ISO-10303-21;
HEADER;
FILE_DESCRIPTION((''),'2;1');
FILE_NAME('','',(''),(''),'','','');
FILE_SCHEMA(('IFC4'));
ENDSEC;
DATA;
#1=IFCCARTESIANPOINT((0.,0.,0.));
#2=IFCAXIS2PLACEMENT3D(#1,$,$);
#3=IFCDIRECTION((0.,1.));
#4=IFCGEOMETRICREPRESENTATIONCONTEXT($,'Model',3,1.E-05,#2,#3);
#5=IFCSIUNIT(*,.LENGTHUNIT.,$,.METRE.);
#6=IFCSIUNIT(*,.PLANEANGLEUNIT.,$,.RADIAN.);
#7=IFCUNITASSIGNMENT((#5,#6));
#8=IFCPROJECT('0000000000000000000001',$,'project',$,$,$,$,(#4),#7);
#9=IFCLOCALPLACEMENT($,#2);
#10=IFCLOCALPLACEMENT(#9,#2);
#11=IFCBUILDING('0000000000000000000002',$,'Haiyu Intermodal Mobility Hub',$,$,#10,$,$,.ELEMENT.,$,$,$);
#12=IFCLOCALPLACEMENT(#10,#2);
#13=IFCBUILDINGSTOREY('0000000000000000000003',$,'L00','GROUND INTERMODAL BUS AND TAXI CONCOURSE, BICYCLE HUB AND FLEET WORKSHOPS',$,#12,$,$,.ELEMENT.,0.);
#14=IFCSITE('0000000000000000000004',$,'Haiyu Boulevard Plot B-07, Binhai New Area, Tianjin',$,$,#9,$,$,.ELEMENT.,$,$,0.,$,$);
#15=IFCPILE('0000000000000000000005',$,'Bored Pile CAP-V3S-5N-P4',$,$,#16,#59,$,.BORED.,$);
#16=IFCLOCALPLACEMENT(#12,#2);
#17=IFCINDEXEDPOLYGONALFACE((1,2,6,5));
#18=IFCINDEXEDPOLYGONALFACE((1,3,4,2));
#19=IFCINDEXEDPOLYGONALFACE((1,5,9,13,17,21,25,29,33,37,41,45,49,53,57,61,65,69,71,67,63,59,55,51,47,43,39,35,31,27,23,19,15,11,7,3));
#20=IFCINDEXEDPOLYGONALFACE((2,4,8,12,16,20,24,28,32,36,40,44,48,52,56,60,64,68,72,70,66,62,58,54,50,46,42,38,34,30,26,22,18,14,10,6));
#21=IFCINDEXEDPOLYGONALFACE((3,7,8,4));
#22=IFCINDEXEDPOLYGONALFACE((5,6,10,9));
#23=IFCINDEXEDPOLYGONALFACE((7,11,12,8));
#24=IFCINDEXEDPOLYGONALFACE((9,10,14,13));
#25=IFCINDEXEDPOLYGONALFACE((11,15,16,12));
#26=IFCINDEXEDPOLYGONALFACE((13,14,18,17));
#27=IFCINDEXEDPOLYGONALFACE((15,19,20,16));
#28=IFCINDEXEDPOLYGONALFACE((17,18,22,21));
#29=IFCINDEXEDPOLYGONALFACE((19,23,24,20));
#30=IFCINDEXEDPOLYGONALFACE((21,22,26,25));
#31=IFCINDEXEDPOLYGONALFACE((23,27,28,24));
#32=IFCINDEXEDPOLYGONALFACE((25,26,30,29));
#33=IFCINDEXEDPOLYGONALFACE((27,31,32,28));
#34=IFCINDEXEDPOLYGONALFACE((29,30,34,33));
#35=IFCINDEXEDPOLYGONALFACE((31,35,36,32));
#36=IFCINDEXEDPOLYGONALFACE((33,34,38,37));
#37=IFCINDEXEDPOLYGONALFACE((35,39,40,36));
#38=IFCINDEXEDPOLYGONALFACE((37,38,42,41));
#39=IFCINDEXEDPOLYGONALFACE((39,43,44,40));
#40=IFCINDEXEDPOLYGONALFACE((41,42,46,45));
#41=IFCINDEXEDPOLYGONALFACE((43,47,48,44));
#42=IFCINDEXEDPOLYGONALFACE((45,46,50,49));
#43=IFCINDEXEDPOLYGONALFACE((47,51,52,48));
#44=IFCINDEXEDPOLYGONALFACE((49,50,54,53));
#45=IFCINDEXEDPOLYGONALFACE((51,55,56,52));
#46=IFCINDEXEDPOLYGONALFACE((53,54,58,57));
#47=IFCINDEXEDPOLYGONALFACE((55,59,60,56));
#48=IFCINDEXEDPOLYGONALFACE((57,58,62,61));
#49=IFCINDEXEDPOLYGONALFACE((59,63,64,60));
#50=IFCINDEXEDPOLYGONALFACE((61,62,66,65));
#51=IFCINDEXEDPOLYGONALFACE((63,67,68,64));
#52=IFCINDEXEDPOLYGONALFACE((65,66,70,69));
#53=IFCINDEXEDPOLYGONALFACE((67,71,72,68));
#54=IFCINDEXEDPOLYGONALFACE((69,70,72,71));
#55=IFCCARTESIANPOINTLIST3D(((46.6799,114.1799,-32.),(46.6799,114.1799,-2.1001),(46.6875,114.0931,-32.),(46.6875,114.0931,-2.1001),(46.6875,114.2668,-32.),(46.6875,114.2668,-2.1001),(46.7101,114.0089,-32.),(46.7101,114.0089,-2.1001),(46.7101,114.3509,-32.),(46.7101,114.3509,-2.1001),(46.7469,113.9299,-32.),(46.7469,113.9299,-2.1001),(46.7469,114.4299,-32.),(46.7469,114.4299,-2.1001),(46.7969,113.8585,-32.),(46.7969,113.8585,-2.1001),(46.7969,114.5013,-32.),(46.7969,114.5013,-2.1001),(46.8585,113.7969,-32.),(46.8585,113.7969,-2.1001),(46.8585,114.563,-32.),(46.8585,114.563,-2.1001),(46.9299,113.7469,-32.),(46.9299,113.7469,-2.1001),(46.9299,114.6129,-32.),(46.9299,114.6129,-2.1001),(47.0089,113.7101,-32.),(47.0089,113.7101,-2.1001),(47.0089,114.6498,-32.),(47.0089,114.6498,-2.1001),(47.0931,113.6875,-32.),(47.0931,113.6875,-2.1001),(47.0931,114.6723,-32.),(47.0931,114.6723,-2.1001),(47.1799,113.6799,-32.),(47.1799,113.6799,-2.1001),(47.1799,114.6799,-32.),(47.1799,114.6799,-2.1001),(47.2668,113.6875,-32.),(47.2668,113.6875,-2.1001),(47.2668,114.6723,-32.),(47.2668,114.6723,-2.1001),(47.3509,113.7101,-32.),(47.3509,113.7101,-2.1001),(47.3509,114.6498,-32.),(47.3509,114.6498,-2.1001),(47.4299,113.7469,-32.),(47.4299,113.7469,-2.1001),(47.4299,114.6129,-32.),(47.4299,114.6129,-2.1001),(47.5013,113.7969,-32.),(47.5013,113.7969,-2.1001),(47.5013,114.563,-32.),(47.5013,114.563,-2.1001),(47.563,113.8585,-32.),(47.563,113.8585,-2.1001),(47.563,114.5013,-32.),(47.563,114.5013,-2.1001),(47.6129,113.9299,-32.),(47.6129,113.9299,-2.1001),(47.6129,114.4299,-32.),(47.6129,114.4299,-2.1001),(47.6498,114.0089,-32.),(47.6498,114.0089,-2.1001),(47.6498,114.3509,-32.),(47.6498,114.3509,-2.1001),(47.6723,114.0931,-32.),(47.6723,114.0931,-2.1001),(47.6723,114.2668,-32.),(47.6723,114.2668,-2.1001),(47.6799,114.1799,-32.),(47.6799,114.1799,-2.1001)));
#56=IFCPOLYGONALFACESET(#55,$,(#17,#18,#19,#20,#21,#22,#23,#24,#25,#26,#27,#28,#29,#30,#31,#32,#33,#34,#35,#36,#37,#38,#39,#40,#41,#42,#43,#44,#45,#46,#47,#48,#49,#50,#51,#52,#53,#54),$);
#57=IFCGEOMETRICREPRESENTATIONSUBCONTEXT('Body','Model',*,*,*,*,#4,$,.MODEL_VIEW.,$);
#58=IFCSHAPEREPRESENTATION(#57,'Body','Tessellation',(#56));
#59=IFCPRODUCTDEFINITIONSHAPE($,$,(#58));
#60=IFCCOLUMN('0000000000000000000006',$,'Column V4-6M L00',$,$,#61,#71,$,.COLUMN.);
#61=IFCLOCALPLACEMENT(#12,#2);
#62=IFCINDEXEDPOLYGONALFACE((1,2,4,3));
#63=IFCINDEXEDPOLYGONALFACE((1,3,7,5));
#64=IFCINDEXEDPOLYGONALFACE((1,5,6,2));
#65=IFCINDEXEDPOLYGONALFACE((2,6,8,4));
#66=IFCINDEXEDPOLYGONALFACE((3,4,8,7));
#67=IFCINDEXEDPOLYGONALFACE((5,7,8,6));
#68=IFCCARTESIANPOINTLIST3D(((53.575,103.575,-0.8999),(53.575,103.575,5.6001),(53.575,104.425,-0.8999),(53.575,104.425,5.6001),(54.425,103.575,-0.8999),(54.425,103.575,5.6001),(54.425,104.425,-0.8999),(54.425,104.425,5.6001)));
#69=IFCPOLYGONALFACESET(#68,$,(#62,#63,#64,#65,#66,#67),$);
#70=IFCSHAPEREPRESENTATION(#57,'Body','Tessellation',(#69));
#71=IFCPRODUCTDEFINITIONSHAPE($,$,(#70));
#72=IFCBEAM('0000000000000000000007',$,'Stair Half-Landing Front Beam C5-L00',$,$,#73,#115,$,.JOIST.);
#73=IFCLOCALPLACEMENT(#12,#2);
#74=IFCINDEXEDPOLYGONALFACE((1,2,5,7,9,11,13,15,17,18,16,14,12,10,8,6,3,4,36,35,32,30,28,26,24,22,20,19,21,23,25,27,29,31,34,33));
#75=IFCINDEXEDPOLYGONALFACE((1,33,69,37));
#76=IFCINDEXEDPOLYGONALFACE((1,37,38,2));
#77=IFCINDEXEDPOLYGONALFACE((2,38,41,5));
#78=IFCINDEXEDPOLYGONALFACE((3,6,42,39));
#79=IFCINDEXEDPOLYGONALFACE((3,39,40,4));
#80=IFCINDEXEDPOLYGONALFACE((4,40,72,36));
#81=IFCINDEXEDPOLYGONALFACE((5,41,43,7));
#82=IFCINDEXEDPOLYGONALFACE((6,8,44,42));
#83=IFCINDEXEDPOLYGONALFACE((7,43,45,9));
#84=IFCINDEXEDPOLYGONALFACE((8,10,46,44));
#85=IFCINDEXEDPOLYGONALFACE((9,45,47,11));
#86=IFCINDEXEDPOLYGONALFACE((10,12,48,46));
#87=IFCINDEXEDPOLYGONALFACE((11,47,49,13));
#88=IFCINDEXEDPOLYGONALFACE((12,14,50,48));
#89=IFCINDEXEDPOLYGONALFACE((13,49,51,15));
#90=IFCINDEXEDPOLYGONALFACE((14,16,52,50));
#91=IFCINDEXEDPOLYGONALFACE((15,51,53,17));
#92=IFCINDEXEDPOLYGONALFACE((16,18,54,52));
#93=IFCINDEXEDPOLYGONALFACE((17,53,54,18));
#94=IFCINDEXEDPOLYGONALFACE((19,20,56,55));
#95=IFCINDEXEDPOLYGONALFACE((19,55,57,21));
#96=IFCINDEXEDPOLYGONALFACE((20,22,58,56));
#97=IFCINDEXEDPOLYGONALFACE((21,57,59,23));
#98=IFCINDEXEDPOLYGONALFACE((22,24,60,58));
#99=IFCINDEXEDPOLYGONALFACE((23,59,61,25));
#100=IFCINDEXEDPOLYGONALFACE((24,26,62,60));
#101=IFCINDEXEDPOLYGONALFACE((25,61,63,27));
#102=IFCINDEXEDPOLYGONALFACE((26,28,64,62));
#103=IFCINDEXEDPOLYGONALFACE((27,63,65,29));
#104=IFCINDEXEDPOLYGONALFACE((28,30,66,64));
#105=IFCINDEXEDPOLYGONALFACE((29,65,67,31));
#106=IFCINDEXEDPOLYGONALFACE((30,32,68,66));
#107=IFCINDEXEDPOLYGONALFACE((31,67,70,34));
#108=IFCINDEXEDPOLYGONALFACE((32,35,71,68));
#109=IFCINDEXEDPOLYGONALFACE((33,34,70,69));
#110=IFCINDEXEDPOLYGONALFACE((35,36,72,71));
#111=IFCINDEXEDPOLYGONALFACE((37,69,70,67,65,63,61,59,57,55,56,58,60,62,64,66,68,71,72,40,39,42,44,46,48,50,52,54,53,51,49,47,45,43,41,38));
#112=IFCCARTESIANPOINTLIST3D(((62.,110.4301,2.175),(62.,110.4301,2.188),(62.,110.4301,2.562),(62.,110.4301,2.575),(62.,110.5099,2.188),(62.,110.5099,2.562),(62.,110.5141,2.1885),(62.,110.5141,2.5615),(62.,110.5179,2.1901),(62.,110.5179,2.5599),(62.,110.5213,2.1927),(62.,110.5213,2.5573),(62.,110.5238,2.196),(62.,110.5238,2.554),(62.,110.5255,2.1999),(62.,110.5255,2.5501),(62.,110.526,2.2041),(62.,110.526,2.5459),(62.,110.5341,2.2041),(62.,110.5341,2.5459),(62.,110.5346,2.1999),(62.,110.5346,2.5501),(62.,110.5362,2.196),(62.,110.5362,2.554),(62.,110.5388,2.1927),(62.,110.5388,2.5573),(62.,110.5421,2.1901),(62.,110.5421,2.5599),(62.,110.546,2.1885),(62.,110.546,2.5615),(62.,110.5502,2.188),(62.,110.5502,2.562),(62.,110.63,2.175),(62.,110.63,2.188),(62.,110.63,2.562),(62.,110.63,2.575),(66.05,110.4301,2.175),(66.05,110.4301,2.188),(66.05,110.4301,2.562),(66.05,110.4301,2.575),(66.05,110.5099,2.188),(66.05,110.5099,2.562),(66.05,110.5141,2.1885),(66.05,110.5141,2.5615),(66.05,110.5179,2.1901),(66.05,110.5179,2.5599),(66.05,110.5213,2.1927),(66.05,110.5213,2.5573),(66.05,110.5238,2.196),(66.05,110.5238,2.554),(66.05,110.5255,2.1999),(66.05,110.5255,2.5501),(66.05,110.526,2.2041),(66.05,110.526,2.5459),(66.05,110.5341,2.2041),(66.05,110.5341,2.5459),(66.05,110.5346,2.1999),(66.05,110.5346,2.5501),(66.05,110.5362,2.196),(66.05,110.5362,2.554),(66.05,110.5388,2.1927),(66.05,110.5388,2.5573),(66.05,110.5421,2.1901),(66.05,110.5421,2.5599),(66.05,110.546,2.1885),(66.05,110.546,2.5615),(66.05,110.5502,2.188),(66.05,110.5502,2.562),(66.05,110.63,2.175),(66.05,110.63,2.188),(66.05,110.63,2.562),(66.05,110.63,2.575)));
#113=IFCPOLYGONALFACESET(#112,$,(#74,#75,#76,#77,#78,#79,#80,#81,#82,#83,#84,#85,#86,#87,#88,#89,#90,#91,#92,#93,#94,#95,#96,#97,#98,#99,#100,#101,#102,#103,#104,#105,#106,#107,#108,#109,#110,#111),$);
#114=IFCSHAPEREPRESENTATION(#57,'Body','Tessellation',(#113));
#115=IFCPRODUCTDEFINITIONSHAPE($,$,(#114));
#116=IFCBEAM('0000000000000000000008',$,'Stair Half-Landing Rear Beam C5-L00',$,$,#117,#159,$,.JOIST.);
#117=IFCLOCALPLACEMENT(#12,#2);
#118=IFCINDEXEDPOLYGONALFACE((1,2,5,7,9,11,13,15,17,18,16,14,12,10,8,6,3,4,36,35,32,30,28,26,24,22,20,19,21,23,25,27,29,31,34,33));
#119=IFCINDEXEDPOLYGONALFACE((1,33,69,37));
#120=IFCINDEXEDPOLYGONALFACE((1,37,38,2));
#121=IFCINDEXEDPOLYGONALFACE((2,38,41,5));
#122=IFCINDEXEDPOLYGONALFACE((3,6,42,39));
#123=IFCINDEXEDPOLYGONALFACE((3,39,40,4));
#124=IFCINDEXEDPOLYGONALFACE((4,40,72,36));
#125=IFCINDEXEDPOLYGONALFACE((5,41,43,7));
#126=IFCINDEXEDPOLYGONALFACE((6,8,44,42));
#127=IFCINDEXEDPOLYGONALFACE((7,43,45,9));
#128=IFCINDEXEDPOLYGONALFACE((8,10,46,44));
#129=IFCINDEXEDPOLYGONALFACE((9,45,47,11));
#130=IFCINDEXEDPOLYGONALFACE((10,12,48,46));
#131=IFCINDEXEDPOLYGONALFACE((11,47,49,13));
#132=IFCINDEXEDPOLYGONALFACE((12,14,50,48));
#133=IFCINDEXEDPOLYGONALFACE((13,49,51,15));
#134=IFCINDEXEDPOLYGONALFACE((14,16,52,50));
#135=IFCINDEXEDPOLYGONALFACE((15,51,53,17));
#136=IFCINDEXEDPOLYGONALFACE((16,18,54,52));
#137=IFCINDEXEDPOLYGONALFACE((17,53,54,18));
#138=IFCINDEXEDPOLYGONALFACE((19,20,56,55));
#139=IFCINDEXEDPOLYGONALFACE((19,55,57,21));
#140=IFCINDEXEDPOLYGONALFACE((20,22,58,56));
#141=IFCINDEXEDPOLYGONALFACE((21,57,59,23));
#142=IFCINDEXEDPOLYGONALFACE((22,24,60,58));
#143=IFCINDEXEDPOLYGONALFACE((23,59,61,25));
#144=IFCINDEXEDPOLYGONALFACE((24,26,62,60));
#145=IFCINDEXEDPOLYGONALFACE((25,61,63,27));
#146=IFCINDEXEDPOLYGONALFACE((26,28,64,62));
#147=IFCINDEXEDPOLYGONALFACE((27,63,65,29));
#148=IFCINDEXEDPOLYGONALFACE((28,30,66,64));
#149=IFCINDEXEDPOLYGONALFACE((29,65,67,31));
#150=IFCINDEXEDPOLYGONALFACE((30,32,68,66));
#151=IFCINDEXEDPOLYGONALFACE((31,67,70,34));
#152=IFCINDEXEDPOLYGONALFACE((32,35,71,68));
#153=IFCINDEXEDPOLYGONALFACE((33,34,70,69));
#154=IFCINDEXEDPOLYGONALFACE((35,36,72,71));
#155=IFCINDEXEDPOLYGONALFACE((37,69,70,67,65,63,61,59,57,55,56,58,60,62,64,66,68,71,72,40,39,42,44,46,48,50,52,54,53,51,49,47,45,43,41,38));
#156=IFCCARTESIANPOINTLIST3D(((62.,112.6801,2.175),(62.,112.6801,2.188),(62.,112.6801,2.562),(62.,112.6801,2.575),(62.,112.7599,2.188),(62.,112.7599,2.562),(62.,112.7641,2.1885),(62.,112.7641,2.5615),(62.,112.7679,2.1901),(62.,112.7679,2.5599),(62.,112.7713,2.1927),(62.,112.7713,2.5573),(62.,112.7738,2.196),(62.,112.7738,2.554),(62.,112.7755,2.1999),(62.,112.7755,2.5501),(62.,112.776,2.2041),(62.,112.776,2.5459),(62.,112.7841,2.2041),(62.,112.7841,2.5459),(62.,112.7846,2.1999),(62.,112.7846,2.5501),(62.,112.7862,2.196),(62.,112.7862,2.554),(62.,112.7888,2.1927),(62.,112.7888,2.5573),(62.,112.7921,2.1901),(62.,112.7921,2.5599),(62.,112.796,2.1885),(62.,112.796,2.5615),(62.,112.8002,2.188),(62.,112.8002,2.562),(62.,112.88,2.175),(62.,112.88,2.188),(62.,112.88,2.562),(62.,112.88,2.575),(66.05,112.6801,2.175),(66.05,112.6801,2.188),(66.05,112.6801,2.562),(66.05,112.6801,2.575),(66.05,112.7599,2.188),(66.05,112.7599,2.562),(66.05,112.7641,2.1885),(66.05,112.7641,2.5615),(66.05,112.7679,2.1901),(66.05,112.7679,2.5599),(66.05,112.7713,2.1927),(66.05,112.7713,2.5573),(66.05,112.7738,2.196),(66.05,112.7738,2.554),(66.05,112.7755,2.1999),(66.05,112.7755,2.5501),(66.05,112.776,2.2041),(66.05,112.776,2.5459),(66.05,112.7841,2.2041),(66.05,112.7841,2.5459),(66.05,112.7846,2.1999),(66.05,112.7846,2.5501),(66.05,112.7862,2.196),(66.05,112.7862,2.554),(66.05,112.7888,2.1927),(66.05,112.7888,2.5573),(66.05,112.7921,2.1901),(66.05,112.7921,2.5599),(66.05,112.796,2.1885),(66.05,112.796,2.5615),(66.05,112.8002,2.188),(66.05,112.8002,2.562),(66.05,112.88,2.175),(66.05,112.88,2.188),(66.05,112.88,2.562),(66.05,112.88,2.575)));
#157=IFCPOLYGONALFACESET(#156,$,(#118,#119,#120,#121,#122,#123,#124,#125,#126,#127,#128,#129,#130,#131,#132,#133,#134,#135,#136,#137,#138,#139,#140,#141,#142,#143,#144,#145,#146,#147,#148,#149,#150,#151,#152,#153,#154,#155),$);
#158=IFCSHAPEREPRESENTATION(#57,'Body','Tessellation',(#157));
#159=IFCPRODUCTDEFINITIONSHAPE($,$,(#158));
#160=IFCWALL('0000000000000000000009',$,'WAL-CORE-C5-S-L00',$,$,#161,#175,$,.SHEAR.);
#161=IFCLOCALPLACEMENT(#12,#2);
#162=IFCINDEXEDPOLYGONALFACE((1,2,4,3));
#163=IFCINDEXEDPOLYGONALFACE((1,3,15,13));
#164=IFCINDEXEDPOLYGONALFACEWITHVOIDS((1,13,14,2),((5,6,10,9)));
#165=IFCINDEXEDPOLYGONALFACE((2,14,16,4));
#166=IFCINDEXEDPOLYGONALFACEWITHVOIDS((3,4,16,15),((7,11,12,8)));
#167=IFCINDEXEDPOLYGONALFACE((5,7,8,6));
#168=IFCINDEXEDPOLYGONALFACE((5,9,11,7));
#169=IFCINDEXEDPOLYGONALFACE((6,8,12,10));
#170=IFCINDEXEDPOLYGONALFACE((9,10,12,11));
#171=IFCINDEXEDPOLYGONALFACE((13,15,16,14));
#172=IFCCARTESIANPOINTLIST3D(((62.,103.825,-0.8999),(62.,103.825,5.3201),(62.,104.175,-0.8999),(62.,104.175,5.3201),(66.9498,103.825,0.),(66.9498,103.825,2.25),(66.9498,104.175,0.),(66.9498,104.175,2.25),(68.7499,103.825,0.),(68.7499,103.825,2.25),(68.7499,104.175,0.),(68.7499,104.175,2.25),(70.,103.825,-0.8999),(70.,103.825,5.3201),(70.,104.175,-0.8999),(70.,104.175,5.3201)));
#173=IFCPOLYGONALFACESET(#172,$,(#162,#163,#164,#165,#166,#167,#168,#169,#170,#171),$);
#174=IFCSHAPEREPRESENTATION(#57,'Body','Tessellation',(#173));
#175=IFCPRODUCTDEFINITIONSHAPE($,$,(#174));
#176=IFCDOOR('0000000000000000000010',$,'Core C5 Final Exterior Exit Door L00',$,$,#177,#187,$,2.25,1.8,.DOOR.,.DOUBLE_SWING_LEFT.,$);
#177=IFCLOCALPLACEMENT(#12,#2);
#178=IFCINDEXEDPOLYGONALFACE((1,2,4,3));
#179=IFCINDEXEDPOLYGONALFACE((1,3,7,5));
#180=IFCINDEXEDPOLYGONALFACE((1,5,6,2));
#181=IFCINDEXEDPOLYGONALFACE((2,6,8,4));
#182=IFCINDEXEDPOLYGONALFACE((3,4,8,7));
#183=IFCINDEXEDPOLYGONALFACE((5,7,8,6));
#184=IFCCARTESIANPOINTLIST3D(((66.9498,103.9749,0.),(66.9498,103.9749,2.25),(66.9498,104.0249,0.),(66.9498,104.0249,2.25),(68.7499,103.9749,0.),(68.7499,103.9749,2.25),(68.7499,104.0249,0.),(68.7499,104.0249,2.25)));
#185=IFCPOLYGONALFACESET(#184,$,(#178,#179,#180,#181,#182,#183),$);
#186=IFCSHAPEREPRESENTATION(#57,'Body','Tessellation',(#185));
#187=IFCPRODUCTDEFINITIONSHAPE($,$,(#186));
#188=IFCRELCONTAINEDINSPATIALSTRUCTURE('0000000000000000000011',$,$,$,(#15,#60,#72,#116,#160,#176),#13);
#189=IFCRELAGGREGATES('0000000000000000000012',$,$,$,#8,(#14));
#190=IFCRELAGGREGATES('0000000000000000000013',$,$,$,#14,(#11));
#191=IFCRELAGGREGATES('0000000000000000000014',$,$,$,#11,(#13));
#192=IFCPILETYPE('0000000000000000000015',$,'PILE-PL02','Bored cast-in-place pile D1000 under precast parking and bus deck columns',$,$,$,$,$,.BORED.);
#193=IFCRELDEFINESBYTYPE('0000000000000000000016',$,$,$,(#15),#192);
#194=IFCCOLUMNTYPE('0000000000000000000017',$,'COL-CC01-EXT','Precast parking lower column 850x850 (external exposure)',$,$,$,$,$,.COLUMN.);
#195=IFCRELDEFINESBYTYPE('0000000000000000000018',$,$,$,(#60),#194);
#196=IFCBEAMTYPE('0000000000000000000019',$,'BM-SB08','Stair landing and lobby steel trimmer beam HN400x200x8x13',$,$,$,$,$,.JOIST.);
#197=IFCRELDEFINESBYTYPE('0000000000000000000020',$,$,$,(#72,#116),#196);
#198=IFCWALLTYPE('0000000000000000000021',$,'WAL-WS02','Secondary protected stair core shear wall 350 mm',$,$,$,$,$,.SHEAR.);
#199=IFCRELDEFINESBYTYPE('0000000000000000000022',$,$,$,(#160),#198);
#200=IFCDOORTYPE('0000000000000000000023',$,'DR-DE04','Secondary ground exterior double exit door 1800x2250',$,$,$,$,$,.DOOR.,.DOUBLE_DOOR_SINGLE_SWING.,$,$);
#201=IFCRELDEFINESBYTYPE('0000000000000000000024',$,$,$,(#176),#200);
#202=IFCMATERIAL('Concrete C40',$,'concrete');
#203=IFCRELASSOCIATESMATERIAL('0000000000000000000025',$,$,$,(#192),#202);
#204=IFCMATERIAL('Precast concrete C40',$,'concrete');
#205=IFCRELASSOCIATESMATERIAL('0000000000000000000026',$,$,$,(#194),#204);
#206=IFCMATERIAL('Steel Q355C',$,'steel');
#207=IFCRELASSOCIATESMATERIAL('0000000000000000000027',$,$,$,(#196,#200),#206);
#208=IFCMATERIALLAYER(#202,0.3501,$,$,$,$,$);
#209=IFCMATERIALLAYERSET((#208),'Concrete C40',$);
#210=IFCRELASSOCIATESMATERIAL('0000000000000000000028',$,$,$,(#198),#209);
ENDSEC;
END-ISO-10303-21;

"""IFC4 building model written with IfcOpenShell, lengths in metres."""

from ifc_helpers import new_model, si_unit, direction, frame, frame_2d, origin, origin_2d, place, context, subcontext, project, spatial, rectangle, circle, i_section, extrude, material, layer, layer_set, material_profile, profile_set, type_object, element, fill, save


model = new_model("IFC4")

# Units and contexts
model_context = context("Model", 3, precision=1e-05, world=origin(), true_north=direction((0.0, 1.0)))
body_context = subcontext(model_context, "Body", "Model", "MODEL_VIEW")
ifc_project = project(units=[si_unit("LENGTHUNIT", "METRE"), si_unit("PLANEANGLEUNIT", "RADIAN")], contexts=[model_context])

# Site, building, storey
site_placement = place(None, origin())
site = spatial("IfcSite", under=ifc_project, at=site_placement, Name="Haiyu Boulevard Plot B-07, Binhai New Area, Tianjin", CompositionType="ELEMENT", RefElevation=0.0)
building_placement = place(site_placement, origin())
building = spatial("IfcBuilding", under=site, at=building_placement, Name="Haiyu Intermodal Mobility Hub", CompositionType="ELEMENT")
storey_placement = place(building_placement, origin())
storey = spatial("IfcBuildingStorey", under=building, at=storey_placement, Name="L00", Description="GROUND INTERMODAL BUS AND TAXI CONCOURSE, BICYCLE HUB AND FLEET WORKSHOPS", CompositionType="ELEMENT", Elevation=0.0)

# Shared definitions
ifc_material_1 = material(Name="Concrete C40", Category="concrete")

# Pile
ifc_material_profile_1 = material_profile(ifc_material_1, circle(Radius=0.5, at=origin_2d()), Name="PILE-D1000")
ifc_profile_set_1 = profile_set([ifc_material_profile_1], Name="Concrete C40")
pile_type_1 = type_object("IfcPileType", Name="PILE-PL02", Description="Bored cast-in-place pile D1000 under precast parking and bus deck columns", PredefinedType="BORED", material=ifc_profile_set_1)
for number, where, z_axis, x_axis, name in (
    (1, (47.1799, 114.1799, -2.1001), (0.0, 0.0, -1.0), (1.0, 0.0, 0.0), "Bored Pile CAP-V3S-5N-P4"),
):
    element("IfcPile", number, at=place(storey_placement, frame(where, z_axis=z_axis, x_axis=x_axis)), inside=storey, type_object=pile_type_1, Name=name, PredefinedType="BORED", context=body_context, shape_type="SweptSolid", body=[
        extrude(circle(Radius=0.5, at=origin_2d()), origin(), (0.0, 0.0, 1.0), 29.8999),
    ])

# Column
ifc_material_2 = material(Name="Precast concrete C40", Category="concrete")
ifc_material_profile_2 = material_profile(ifc_material_2, rectangle(XDim=0.8501, YDim=0.8501, at=origin_2d()), Name="RC850x850")
ifc_profile_set_2 = profile_set([ifc_material_profile_2], Name="Precast concrete C40")
column_type = type_object("IfcColumnType", Name="COL-CC01-EXT", Description="Precast parking lower column 850x850 (external exposure)", PredefinedType="COLUMN", material=ifc_profile_set_2)
column_placement = place(storey_placement, frame((54.0, 104.0, -0.8999), z_axis=(0.0, 0.0, 1.0), x_axis=(1.0, 0.0, 0.0)))
element("IfcColumn", 2, at=column_placement, inside=storey, type_object=column_type, Name="Column V4-6M L00", PredefinedType="COLUMN", context=body_context, shape_type="SweptSolid", body=[
    extrude(rectangle(XDim=0.8501, YDim=0.8501, at=origin_2d()), origin(), (0.0, 0.0, 1.0), 6.5),
])

# Beams
ifc_material_3 = material(Name="Steel Q355C", Category="steel")
ifc_material_profile_3 = material_profile(ifc_material_3, i_section(OverallWidth=0.2, OverallDepth=0.3999, WebThickness=0.0081, FlangeThickness=0.0129, FilletRadius=0.0161, at=origin_2d()), Name="HN400x200x8x13")
ifc_profile_set_3 = profile_set([ifc_material_profile_3], Name="Steel Q355C")
beam_type = type_object("IfcBeamType", Name="BM-SB08", Description="Stair landing and lobby steel trimmer beam HN400x200x8x13", PredefinedType="JOIST", material=ifc_profile_set_3)
for number, where, z_axis, x_axis, name in (
    (3, (62.0, 110.53, 2.375), (1.0, 0.0, 0.0), (0.0, 1.0, 0.0), "Stair Half-Landing Front Beam C5-L00"),
    (4, (62.0, 112.78, 2.375), (1.0, 0.0, 0.0), (0.0, 1.0, 0.0), "Stair Half-Landing Rear Beam C5-L00"),
):
    element("IfcBeam", number, at=place(storey_placement, frame(where, z_axis=z_axis, x_axis=x_axis)), inside=storey, type_object=beam_type, Name=name, PredefinedType="JOIST", context=body_context, shape_type="SweptSolid", body=[
        extrude(i_section(OverallWidth=0.2, OverallDepth=0.3999, WebThickness=0.0081, FlangeThickness=0.0129, FilletRadius=0.0161, at=origin_2d()), origin(), (0.0, 0.0, 1.0), 4.05),
    ])

# Wall, opening, door
ifc_layer_1 = layer(ifc_material_1, 0.3501)
ifc_layer_set_1 = layer_set([ifc_layer_1], Name="Concrete C40")
wall_type = type_object("IfcWallType", Name="WAL-WS02", Description="Secondary protected stair core shear wall 350 mm", PredefinedType="SHEAR", material=ifc_layer_set_1)
wall_1_placement = place(storey_placement, frame((62.0, 104.0, -0.8999), z_axis=(0.0, 0.0, 1.0), x_axis=(1.0, 0.0, 0.0)))
wall_1 = element("IfcWall", 5, at=wall_1_placement, inside=storey, type_object=wall_type, Name="WAL-CORE-C5-S-L00", PredefinedType="SHEAR", context=body_context, shape_type="SweptSolid", body=[
    extrude(rectangle(XDim=8.0, YDim=0.3501, at=frame_2d((4.0, 0.0))), origin(), (0.0, 0.0, 1.0), 6.22),
])
opening_placement = place(wall_1_placement, frame((4.95, 0.0, 0.8999)))
opening = element("IfcOpeningElement", 6, at=opening_placement, cuts=wall_1, PredefinedType="OPENING", context=body_context, shape_type="SweptSolid", body=[
    extrude(rectangle(XDim=1.8, YDim=2.25, at=frame_2d((0.8999, 1.125))), frame((0.0, 0.1851, 0.0), z_axis=(0.0, -1.0, 0.0), x_axis=(1.0, 0.0, 0.0)), (0.0, 0.0, 1.0), 0.3701),
])
door_type = type_object("IfcDoorType", Name="DR-DE04", Description="Secondary ground exterior double exit door 1800x2250", OperationType="DOUBLE_DOOR_SINGLE_SWING", PredefinedType="DOOR", material=ifc_material_3)
door_placement = place(opening_placement, origin())
door = element("IfcDoor", 7, at=door_placement, inside=storey, type_object=door_type, Name="Core C5 Final Exterior Exit Door L00", OperationType="DOUBLE_SWING_LEFT", OverallHeight=2.25, OverallWidth=1.8, PredefinedType="DOOR", context=body_context, shape_type="SweptSolid", body=[
    extrude(rectangle(XDim=1.8, YDim=2.25, at=frame_2d((0.8999, 1.125))), frame((0.0, 0.0249, 0.0), z_axis=(0.0, -1.0, 0.0), x_axis=(1.0, 0.0, 0.0)), (0.0, 0.0, 1.0), 0.05),
])
fill(opening, door)

save(model, "model.ifc")
